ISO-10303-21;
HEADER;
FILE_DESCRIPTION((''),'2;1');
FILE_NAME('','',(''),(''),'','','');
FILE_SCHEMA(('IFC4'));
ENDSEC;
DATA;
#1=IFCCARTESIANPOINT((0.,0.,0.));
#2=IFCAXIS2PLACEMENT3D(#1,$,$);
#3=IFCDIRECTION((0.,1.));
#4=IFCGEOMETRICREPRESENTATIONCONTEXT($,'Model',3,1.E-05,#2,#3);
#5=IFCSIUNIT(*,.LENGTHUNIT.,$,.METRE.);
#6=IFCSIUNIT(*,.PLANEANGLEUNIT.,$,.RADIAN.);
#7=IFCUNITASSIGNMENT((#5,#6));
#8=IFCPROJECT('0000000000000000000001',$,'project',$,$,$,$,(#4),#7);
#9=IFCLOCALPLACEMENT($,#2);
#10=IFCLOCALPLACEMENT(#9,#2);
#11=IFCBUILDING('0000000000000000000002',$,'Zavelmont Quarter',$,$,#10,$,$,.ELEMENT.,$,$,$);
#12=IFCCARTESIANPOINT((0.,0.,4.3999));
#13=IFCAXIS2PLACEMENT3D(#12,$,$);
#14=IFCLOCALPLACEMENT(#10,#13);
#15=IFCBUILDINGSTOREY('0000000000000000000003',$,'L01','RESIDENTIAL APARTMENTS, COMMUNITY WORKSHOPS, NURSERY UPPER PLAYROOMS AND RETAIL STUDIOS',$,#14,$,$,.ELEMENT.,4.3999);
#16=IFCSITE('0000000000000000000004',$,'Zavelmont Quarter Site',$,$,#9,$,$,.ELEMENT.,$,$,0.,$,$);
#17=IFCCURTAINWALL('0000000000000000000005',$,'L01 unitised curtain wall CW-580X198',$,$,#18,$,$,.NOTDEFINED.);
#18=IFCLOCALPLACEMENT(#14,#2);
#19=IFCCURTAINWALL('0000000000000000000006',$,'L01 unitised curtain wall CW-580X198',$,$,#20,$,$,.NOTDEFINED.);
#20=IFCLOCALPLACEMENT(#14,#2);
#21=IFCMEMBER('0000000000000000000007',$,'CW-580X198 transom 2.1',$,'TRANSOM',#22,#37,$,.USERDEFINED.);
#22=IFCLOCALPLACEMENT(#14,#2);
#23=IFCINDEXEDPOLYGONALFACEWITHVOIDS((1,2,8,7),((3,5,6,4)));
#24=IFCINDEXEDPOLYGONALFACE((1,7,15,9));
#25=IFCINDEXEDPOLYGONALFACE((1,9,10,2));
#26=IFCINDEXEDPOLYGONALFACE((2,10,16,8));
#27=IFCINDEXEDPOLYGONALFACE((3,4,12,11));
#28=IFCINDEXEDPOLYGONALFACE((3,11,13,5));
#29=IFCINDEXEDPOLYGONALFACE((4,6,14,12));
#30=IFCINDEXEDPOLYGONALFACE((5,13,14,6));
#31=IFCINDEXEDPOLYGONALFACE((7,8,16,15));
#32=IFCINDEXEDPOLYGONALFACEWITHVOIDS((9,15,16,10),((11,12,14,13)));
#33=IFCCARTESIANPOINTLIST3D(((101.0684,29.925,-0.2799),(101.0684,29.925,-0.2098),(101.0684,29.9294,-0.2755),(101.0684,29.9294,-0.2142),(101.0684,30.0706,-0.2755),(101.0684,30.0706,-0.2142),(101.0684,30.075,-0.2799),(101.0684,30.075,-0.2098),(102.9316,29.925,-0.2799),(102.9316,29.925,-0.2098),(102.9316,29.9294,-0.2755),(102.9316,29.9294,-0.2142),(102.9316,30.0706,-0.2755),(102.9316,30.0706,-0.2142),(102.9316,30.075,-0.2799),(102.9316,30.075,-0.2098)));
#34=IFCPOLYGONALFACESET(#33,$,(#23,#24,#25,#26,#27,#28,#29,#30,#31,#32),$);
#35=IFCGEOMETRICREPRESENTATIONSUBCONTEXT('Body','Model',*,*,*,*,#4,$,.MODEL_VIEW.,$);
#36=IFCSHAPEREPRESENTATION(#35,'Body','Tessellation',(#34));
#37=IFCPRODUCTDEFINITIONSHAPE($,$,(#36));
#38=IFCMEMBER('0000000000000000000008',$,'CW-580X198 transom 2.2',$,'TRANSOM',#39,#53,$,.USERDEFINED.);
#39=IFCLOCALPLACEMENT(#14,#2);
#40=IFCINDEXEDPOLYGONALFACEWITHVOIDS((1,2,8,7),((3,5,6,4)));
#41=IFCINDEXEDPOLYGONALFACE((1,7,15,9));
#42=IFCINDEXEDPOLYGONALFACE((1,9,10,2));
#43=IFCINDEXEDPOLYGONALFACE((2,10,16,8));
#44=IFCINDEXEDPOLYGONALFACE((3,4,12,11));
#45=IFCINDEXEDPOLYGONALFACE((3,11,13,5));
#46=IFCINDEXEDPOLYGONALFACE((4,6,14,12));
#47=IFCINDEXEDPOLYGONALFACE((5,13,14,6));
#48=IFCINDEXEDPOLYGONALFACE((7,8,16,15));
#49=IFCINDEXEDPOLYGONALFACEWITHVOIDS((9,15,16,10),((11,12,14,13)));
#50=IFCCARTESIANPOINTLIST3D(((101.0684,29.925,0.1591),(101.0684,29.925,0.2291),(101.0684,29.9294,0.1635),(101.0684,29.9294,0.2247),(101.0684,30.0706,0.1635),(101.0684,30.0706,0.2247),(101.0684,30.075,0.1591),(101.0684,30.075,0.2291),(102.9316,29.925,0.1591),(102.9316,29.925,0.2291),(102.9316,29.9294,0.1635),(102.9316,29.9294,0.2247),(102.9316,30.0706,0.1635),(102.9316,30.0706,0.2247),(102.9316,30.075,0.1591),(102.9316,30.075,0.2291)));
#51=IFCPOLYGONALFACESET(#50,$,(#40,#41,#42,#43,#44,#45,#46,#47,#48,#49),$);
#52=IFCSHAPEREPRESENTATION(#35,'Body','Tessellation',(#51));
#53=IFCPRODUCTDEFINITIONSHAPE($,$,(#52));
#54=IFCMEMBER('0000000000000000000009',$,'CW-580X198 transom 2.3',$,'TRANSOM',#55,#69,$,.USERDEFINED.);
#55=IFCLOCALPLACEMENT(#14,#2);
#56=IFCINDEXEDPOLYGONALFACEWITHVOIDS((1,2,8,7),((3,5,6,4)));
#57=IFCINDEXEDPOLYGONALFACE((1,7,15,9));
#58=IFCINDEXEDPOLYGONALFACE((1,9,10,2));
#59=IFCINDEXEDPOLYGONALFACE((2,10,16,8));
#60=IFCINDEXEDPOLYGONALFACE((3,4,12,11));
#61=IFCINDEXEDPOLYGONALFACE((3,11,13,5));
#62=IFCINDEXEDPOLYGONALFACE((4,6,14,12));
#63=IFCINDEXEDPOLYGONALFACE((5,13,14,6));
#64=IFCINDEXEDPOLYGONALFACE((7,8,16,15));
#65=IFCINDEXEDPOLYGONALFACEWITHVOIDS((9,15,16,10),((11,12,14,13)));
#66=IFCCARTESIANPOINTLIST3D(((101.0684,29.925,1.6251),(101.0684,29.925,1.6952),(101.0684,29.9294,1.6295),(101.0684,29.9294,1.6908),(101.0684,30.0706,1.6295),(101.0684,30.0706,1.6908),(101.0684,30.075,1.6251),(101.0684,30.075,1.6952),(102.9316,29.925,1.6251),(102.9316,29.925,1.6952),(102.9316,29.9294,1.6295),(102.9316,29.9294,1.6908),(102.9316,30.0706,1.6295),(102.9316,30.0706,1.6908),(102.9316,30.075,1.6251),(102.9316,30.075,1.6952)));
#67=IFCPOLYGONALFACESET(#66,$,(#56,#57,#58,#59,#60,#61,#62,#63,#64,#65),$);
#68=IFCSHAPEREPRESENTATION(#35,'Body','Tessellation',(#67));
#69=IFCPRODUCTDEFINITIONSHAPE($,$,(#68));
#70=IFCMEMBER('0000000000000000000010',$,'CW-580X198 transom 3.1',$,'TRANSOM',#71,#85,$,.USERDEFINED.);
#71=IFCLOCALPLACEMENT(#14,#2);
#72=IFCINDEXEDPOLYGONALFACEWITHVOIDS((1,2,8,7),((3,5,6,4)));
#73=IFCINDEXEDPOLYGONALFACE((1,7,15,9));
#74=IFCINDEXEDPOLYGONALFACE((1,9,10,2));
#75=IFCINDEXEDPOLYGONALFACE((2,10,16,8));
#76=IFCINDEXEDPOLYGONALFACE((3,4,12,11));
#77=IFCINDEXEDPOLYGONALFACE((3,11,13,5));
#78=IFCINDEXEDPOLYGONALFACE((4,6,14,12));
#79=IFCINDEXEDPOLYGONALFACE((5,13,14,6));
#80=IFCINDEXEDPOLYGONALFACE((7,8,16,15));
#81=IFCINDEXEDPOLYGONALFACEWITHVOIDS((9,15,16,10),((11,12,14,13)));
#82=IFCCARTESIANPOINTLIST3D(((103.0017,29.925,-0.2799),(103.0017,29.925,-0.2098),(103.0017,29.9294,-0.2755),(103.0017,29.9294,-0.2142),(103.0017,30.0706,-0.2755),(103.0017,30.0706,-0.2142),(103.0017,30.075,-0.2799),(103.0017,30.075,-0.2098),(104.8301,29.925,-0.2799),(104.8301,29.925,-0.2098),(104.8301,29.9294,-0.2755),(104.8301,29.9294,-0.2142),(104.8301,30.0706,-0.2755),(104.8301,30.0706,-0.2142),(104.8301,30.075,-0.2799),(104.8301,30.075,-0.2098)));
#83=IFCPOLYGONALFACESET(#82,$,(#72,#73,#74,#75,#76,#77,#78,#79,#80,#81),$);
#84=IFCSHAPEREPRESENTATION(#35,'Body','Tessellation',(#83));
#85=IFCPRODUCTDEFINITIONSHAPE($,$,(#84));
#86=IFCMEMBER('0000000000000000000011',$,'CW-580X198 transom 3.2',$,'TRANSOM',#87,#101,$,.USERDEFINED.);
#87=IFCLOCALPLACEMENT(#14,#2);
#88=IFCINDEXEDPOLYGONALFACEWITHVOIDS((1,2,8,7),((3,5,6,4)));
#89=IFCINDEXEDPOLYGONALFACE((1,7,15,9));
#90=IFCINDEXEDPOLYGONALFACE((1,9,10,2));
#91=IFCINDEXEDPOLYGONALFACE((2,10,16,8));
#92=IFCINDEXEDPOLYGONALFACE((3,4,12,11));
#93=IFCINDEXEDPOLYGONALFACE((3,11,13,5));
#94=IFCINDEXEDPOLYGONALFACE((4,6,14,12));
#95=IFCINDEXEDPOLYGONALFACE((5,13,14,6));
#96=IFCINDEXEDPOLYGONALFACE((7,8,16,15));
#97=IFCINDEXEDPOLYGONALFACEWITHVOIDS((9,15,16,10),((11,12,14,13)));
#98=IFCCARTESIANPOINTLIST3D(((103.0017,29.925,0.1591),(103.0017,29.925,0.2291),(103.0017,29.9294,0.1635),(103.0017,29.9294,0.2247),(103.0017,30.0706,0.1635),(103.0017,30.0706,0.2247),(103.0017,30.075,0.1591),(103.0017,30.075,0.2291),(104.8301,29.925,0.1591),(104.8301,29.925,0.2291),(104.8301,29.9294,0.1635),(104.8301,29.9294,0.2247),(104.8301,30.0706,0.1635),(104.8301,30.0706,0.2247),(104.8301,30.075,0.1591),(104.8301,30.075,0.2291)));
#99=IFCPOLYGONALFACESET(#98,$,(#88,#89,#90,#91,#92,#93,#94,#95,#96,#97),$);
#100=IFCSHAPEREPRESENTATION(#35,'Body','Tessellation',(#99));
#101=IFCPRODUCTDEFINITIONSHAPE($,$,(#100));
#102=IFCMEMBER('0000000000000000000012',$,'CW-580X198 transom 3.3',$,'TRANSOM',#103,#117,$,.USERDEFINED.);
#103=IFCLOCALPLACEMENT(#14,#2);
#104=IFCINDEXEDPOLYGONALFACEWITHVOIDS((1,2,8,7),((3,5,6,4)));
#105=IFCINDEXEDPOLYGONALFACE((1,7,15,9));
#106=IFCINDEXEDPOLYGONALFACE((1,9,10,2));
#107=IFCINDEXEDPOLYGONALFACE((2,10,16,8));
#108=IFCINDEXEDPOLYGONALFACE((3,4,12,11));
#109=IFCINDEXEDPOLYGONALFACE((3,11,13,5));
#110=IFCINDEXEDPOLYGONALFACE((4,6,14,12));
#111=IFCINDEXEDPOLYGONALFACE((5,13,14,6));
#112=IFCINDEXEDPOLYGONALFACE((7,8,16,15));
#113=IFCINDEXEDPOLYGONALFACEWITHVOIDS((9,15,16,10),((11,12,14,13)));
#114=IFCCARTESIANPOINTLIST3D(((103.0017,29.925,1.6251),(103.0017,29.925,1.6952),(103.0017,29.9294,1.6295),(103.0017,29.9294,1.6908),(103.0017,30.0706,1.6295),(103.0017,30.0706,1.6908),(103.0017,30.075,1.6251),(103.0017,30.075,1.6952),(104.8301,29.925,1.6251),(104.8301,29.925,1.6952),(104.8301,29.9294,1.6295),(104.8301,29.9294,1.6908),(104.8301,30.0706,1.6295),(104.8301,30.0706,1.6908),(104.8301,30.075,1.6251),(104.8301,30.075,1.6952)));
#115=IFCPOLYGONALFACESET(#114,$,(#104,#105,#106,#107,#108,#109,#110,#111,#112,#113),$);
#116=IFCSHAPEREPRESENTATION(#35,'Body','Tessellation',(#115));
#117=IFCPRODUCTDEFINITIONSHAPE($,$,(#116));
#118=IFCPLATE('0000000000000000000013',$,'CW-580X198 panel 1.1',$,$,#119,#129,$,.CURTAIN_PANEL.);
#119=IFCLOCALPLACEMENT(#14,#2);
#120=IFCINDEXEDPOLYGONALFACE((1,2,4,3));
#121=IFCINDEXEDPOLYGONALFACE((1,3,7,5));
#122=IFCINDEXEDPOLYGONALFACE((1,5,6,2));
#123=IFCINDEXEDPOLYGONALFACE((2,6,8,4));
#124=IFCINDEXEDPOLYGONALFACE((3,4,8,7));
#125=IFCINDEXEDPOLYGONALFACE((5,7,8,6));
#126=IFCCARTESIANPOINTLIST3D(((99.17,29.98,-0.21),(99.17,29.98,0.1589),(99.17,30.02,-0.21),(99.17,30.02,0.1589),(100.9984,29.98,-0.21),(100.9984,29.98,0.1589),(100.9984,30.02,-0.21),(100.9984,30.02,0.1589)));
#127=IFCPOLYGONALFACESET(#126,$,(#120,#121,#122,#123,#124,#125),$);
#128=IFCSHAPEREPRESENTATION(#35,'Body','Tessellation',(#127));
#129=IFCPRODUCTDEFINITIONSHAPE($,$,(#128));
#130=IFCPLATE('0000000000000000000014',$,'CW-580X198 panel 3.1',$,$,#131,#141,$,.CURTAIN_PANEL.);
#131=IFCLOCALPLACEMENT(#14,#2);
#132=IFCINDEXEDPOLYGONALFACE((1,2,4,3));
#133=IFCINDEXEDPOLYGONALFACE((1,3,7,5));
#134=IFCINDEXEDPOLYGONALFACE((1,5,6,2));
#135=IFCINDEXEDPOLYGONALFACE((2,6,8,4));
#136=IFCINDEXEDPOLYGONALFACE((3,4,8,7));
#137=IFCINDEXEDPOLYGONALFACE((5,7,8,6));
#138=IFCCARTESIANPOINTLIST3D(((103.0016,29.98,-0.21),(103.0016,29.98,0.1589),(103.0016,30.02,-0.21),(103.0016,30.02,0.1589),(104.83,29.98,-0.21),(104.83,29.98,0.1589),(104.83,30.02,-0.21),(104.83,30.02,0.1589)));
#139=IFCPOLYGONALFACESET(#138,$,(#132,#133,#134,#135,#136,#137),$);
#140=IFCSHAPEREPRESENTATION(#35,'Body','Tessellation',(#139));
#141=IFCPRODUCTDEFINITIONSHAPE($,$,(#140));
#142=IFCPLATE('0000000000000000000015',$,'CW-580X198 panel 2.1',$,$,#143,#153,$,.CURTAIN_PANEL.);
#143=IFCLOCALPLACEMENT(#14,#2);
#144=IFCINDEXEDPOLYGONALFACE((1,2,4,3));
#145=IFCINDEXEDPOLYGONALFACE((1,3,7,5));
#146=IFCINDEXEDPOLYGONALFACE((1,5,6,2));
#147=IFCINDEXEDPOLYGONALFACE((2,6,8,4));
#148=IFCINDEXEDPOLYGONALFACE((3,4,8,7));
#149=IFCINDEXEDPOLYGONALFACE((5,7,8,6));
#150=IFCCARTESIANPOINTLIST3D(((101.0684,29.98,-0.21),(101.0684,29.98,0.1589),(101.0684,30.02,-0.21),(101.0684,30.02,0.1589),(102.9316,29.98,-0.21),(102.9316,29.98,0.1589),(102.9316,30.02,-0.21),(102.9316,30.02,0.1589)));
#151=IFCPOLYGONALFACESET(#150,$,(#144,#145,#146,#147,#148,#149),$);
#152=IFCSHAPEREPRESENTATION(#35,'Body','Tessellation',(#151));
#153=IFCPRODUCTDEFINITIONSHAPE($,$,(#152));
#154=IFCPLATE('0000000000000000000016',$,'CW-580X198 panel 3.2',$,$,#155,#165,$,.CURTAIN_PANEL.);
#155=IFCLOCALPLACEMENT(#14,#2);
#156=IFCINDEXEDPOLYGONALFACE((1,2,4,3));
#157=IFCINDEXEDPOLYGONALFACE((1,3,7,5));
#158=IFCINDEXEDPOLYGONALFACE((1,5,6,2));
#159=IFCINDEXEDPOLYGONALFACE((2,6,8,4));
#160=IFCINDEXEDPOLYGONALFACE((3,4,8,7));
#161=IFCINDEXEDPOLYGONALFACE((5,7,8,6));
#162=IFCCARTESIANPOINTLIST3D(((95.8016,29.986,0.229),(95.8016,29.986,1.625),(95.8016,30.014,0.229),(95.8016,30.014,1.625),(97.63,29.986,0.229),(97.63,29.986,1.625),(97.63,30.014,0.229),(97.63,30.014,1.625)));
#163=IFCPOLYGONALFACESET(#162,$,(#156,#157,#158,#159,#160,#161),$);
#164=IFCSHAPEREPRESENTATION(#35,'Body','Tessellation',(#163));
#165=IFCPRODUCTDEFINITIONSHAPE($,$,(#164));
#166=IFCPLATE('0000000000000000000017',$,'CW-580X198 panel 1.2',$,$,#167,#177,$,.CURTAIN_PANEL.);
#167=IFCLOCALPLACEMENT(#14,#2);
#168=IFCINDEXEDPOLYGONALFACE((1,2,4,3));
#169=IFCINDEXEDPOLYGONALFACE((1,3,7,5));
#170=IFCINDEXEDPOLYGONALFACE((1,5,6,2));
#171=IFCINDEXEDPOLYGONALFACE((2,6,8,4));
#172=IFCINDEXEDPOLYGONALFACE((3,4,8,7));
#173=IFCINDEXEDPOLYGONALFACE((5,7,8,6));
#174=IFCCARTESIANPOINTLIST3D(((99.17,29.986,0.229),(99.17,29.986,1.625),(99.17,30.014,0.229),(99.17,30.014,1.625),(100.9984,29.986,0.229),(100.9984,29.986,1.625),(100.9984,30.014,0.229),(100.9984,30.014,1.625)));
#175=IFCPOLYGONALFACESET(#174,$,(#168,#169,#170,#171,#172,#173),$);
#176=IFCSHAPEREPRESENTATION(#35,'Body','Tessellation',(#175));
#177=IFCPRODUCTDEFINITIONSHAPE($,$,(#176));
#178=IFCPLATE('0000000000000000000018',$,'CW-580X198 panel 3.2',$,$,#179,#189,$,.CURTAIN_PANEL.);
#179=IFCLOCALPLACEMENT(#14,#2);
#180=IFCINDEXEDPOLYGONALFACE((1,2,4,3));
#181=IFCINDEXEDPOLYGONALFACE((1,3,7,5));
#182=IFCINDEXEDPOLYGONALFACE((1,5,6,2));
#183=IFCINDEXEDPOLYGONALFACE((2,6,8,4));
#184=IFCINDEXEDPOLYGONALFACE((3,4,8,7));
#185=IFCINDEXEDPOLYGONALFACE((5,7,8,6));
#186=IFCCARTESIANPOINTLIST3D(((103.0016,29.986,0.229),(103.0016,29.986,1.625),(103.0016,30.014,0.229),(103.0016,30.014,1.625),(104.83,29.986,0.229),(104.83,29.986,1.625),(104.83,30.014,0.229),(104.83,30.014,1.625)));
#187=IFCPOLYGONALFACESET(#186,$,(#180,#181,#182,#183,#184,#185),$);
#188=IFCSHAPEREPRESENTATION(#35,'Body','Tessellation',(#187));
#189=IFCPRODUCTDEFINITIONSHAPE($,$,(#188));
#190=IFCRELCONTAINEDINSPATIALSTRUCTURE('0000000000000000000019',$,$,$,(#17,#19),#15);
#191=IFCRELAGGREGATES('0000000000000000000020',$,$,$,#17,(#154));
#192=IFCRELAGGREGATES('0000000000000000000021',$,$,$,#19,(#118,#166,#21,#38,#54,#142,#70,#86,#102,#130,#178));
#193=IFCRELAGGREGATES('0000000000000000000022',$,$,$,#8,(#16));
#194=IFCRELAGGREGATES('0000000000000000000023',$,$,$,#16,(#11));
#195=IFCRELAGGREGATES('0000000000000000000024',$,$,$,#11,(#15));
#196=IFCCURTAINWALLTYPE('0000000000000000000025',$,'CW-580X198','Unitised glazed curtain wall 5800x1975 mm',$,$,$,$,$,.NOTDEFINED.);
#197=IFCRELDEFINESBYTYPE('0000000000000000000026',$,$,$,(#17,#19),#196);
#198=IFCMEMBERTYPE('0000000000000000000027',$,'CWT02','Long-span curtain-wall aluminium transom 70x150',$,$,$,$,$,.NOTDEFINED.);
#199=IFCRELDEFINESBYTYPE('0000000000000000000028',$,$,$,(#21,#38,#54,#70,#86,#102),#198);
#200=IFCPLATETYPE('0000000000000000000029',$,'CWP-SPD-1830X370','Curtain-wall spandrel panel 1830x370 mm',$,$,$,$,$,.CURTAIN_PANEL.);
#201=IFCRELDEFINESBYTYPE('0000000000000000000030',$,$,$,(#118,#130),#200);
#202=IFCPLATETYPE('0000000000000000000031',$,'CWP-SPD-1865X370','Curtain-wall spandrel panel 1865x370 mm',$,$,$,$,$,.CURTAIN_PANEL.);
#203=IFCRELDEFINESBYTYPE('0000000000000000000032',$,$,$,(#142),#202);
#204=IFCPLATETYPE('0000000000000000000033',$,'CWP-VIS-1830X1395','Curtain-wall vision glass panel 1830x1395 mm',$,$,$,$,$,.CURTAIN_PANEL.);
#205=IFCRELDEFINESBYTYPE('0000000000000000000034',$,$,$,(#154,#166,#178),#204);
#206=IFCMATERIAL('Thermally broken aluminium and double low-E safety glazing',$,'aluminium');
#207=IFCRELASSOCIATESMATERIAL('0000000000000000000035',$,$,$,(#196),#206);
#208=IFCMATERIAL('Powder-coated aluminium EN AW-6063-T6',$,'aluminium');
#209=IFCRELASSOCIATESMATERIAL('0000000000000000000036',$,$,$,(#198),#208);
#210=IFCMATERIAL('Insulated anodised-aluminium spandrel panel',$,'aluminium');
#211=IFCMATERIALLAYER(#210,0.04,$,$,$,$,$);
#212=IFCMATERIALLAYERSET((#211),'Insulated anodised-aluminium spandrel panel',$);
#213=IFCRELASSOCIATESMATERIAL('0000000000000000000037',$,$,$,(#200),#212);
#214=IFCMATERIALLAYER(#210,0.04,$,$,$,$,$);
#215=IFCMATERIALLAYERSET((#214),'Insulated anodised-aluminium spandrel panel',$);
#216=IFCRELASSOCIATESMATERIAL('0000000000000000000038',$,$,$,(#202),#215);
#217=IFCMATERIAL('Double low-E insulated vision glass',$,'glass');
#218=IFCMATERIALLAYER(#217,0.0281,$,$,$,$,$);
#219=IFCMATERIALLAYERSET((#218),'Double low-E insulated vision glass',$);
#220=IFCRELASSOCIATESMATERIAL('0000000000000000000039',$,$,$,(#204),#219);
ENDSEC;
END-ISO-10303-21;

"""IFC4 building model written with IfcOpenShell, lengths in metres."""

from ifc_helpers import new_model, si_unit, direction, frame, origin, origin_2d, place, context, subcontext, project, spatial, rectangle, hollow_rectangle, extrude, material, layer, layer_set, material_profile, profile_set, type_object, element, aggregate, save


model = new_model("IFC4")

# Units and contexts
model_context = context("Model", 3, precision=1e-05, world=origin(), true_north=direction((0.0, 1.0)))
body_context = subcontext(model_context, "Body", "Model", "MODEL_VIEW")
ifc_project = project(units=[si_unit("LENGTHUNIT", "METRE"), si_unit("PLANEANGLEUNIT", "RADIAN")], contexts=[model_context])

# Site, building, storey
site_placement = place(None, origin())
site = spatial("IfcSite", under=ifc_project, at=site_placement, Name="Zavelmont Quarter Site", CompositionType="ELEMENT", RefElevation=0.0)
building_placement = place(site_placement, origin())
building = spatial("IfcBuilding", under=site, at=building_placement, Name="Zavelmont Quarter", CompositionType="ELEMENT")
storey_placement = place(building_placement, frame((0.0, 0.0, 4.3999)))
storey = spatial("IfcBuildingStorey", under=building, at=storey_placement, Name="L01", Description="RESIDENTIAL APARTMENTS, COMMUNITY WORKSHOPS, NURSERY UPPER PLAYROOMS AND RETAIL STUDIOS", CompositionType="ELEMENT", Elevation=4.3999)

# Curtain wall
ifc_material_1 = material(Name="Thermally broken aluminium and double low-E safety glazing", Category="aluminium")
curtain_wall_type = type_object("IfcCurtainWallType", Name="CW-580X198", Description="Unitised glazed curtain wall 5800x1975 mm", PredefinedType="NOTDEFINED", material=ifc_material_1)
curtain_wall_1_placement = place(storey_placement, origin())
curtain_wall_1 = element("IfcCurtainWall", 1, at=curtain_wall_1_placement, inside=storey, type_object=curtain_wall_type, Name="L01 unitised curtain wall CW-580X198", PredefinedType="NOTDEFINED")
ifc_material_2 = material(Name="Powder-coated aluminium EN AW-6063-T6", Category="aluminium")

# Curtain wall, members, plates
curtain_wall_2_placement = place(storey_placement, origin())
curtain_wall_2 = element("IfcCurtainWall", 2, at=curtain_wall_2_placement, inside=storey, type_object=curtain_wall_type, Name="L01 unitised curtain wall CW-580X198", PredefinedType="NOTDEFINED")
ifc_material_profile_1 = material_profile(ifc_material_2, hollow_rectangle(XDim=0.1499, YDim=0.0701, WallThickness=0.0044, at=origin_2d()), Name="CWT70X150")
ifc_profile_set_1 = profile_set([ifc_material_profile_1], Name="Powder-coated aluminium EN AW-6063-T6")
member_type_1 = type_object("IfcMemberType", Name="CWT02", Description="Long-span curtain-wall aluminium transom 70x150", PredefinedType="NOTDEFINED", material=ifc_profile_set_1)
member_1_placement = place(storey_placement, frame((101.0684, 30.0, -0.2449), z_axis=(1.0, 0.0, 0.0), x_axis=(0.0, 1.0, 0.0)))
member_1 = element("IfcMember", 3, at=member_1_placement, type_object=member_type_1, Name="CW-580X198 transom 2.1", ObjectType="TRANSOM", PredefinedType="USERDEFINED", context=body_context, shape_type="SweptSolid", body=[
    extrude(hollow_rectangle(XDim=0.1499, YDim=0.0701, WallThickness=0.0044, at=origin_2d()), origin(), (0.0, 0.0, 1.0), 1.8633),
])
member_2_placement = place(storey_placement, frame((101.0684, 30.0, 0.1941), z_axis=(1.0, 0.0, 0.0), x_axis=(0.0, 1.0, 0.0)))
member_2 = element("IfcMember", 4, at=member_2_placement, type_object=member_type_1, Name="CW-580X198 transom 2.2", ObjectType="TRANSOM", PredefinedType="USERDEFINED", context=body_context, shape_type="SweptSolid", body=[
    extrude(hollow_rectangle(XDim=0.1499, YDim=0.0701, WallThickness=0.0044, at=origin_2d()), origin(), (0.0, 0.0, 1.0), 1.8633),
])
member_3_placement = place(storey_placement, frame((101.0684, 30.0, 1.6602), z_axis=(1.0, 0.0, 0.0), x_axis=(0.0, 1.0, 0.0)))
member_3 = element("IfcMember", 5, at=member_3_placement, type_object=member_type_1, Name="CW-580X198 transom 2.3", ObjectType="TRANSOM", PredefinedType="USERDEFINED", context=body_context, shape_type="SweptSolid", body=[
    extrude(hollow_rectangle(XDim=0.1499, YDim=0.0701, WallThickness=0.0044, at=origin_2d()), origin(), (0.0, 0.0, 1.0), 1.8633),
])
member_4_placement = place(storey_placement, frame((103.0017, 30.0, -0.2449), z_axis=(1.0, 0.0, 0.0), x_axis=(0.0, 1.0, 0.0)))
member_4 = element("IfcMember", 6, at=member_4_placement, type_object=member_type_1, Name="CW-580X198 transom 3.1", ObjectType="TRANSOM", PredefinedType="USERDEFINED", context=body_context, shape_type="SweptSolid", body=[
    extrude(hollow_rectangle(XDim=0.1499, YDim=0.0701, WallThickness=0.0044, at=origin_2d()), origin(), (0.0, 0.0, 1.0), 1.8284),
])
member_5_placement = place(storey_placement, frame((103.0017, 30.0, 0.1941), z_axis=(1.0, 0.0, 0.0), x_axis=(0.0, 1.0, 0.0)))
member_5 = element("IfcMember", 7, at=member_5_placement, type_object=member_type_1, Name="CW-580X198 transom 3.2", ObjectType="TRANSOM", PredefinedType="USERDEFINED", context=body_context, shape_type="SweptSolid", body=[
    extrude(hollow_rectangle(XDim=0.1499, YDim=0.0701, WallThickness=0.0044, at=origin_2d()), origin(), (0.0, 0.0, 1.0), 1.8284),
])
member_6_placement = place(storey_placement, frame((103.0017, 30.0, 1.6602), z_axis=(1.0, 0.0, 0.0), x_axis=(0.0, 1.0, 0.0)))
member_6 = element("IfcMember", 8, at=member_6_placement, type_object=member_type_1, Name="CW-580X198 transom 3.3", ObjectType="TRANSOM", PredefinedType="USERDEFINED", context=body_context, shape_type="SweptSolid", body=[
    extrude(hollow_rectangle(XDim=0.1499, YDim=0.0701, WallThickness=0.0044, at=origin_2d()), origin(), (0.0, 0.0, 1.0), 1.8284),
])
ifc_material_3 = material(Name="Insulated anodised-aluminium spandrel panel", Category="aluminium")
ifc_layer_1 = layer(ifc_material_3, 0.04)
ifc_layer_set_1 = layer_set([ifc_layer_1], Name="Insulated anodised-aluminium spandrel panel")
plate_type_1 = type_object("IfcPlateType", Name="CWP-SPD-1830X370", Description="Curtain-wall spandrel panel 1830x370 mm", PredefinedType="CURTAIN_PANEL", material=ifc_layer_set_1)
plate_1_placement = place(storey_placement, frame((100.0842, 30.0, -0.21), z_axis=(0.0, 0.0, 1.0), x_axis=(1.0, 0.0, 0.0)))
plate_1 = element("IfcPlate", 9, at=plate_1_placement, type_object=plate_type_1, Name="CW-580X198 panel 1.1", PredefinedType="CURTAIN_PANEL", context=body_context, shape_type="SweptSolid", body=[
    extrude(rectangle(XDim=1.8284, YDim=0.04, at=origin_2d()), origin(), (0.0, 0.0, 1.0), 0.3689),
])
plate_2_placement = place(storey_placement, frame((103.9158, 30.0, -0.21), z_axis=(0.0, 0.0, 1.0), x_axis=(1.0, 0.0, 0.0)))
plate_2 = element("IfcPlate", 10, at=plate_2_placement, type_object=plate_type_1, Name="CW-580X198 panel 3.1", PredefinedType="CURTAIN_PANEL", context=body_context, shape_type="SweptSolid", body=[
    extrude(rectangle(XDim=1.8284, YDim=0.04, at=origin_2d()), origin(), (0.0, 0.0, 1.0), 0.3689),
])
ifc_layer_2 = layer(ifc_material_3, 0.04)
ifc_layer_set_2 = layer_set([ifc_layer_2], Name="Insulated anodised-aluminium spandrel panel")
plate_type_2 = type_object("IfcPlateType", Name="CWP-SPD-1865X370", Description="Curtain-wall spandrel panel 1865x370 mm", PredefinedType="CURTAIN_PANEL", material=ifc_layer_set_2)
plate_3_placement = place(storey_placement, frame((102.0, 30.0, -0.21), z_axis=(0.0, 0.0, 1.0), x_axis=(1.0, 0.0, 0.0)))
plate_3 = element("IfcPlate", 11, at=plate_3_placement, type_object=plate_type_2, Name="CW-580X198 panel 2.1", PredefinedType="CURTAIN_PANEL", context=body_context, shape_type="SweptSolid", body=[
    extrude(rectangle(XDim=1.8633, YDim=0.04, at=origin_2d()), origin(), (0.0, 0.0, 1.0), 0.3689),
])

# Plates
ifc_material_4 = material(Name="Double low-E insulated vision glass", Category="glass")
ifc_layer_3 = layer(ifc_material_4, 0.0281)
ifc_layer_set_3 = layer_set([ifc_layer_3], Name="Double low-E insulated vision glass")
plate_type_3 = type_object("IfcPlateType", Name="CWP-VIS-1830X1395", Description="Curtain-wall vision glass panel 1830x1395 mm", PredefinedType="CURTAIN_PANEL", material=ifc_layer_set_3)
plate_4_placement = place(storey_placement, frame((96.7158, 30.0, 0.229), z_axis=(0.0, 0.0, 1.0), x_axis=(1.0, 0.0, 0.0)))
plate_4 = element("IfcPlate", 12, at=plate_4_placement, type_object=plate_type_3, Name="CW-580X198 panel 3.2", PredefinedType="CURTAIN_PANEL", context=body_context, shape_type="SweptSolid", body=[
    extrude(rectangle(XDim=1.8284, YDim=0.0281, at=origin_2d()), origin(), (0.0, 0.0, 1.0), 1.396),
])
aggregate(curtain_wall_1, [plate_4])
plate_5_placement = place(storey_placement, frame((100.0842, 30.0, 0.229), z_axis=(0.0, 0.0, 1.0), x_axis=(1.0, 0.0, 0.0)))
plate_5 = element("IfcPlate", 13, at=plate_5_placement, type_object=plate_type_3, Name="CW-580X198 panel 1.2", PredefinedType="CURTAIN_PANEL", context=body_context, shape_type="SweptSolid", body=[
    extrude(rectangle(XDim=1.8284, YDim=0.0281, at=origin_2d()), origin(), (0.0, 0.0, 1.0), 1.396),
])
plate_6_placement = place(storey_placement, frame((103.9158, 30.0, 0.229), z_axis=(0.0, 0.0, 1.0), x_axis=(1.0, 0.0, 0.0)))
plate_6 = element("IfcPlate", 14, at=plate_6_placement, type_object=plate_type_3, Name="CW-580X198 panel 3.2", PredefinedType="CURTAIN_PANEL", context=body_context, shape_type="SweptSolid", body=[
    extrude(rectangle(XDim=1.8284, YDim=0.0281, at=origin_2d()), origin(), (0.0, 0.0, 1.0), 1.396),
])
aggregate(curtain_wall_2, [plate_1, plate_5, member_1, member_2, member_3, plate_3, member_4, member_5, member_6, plate_2, plate_6])

save(model, "model.ifc")
